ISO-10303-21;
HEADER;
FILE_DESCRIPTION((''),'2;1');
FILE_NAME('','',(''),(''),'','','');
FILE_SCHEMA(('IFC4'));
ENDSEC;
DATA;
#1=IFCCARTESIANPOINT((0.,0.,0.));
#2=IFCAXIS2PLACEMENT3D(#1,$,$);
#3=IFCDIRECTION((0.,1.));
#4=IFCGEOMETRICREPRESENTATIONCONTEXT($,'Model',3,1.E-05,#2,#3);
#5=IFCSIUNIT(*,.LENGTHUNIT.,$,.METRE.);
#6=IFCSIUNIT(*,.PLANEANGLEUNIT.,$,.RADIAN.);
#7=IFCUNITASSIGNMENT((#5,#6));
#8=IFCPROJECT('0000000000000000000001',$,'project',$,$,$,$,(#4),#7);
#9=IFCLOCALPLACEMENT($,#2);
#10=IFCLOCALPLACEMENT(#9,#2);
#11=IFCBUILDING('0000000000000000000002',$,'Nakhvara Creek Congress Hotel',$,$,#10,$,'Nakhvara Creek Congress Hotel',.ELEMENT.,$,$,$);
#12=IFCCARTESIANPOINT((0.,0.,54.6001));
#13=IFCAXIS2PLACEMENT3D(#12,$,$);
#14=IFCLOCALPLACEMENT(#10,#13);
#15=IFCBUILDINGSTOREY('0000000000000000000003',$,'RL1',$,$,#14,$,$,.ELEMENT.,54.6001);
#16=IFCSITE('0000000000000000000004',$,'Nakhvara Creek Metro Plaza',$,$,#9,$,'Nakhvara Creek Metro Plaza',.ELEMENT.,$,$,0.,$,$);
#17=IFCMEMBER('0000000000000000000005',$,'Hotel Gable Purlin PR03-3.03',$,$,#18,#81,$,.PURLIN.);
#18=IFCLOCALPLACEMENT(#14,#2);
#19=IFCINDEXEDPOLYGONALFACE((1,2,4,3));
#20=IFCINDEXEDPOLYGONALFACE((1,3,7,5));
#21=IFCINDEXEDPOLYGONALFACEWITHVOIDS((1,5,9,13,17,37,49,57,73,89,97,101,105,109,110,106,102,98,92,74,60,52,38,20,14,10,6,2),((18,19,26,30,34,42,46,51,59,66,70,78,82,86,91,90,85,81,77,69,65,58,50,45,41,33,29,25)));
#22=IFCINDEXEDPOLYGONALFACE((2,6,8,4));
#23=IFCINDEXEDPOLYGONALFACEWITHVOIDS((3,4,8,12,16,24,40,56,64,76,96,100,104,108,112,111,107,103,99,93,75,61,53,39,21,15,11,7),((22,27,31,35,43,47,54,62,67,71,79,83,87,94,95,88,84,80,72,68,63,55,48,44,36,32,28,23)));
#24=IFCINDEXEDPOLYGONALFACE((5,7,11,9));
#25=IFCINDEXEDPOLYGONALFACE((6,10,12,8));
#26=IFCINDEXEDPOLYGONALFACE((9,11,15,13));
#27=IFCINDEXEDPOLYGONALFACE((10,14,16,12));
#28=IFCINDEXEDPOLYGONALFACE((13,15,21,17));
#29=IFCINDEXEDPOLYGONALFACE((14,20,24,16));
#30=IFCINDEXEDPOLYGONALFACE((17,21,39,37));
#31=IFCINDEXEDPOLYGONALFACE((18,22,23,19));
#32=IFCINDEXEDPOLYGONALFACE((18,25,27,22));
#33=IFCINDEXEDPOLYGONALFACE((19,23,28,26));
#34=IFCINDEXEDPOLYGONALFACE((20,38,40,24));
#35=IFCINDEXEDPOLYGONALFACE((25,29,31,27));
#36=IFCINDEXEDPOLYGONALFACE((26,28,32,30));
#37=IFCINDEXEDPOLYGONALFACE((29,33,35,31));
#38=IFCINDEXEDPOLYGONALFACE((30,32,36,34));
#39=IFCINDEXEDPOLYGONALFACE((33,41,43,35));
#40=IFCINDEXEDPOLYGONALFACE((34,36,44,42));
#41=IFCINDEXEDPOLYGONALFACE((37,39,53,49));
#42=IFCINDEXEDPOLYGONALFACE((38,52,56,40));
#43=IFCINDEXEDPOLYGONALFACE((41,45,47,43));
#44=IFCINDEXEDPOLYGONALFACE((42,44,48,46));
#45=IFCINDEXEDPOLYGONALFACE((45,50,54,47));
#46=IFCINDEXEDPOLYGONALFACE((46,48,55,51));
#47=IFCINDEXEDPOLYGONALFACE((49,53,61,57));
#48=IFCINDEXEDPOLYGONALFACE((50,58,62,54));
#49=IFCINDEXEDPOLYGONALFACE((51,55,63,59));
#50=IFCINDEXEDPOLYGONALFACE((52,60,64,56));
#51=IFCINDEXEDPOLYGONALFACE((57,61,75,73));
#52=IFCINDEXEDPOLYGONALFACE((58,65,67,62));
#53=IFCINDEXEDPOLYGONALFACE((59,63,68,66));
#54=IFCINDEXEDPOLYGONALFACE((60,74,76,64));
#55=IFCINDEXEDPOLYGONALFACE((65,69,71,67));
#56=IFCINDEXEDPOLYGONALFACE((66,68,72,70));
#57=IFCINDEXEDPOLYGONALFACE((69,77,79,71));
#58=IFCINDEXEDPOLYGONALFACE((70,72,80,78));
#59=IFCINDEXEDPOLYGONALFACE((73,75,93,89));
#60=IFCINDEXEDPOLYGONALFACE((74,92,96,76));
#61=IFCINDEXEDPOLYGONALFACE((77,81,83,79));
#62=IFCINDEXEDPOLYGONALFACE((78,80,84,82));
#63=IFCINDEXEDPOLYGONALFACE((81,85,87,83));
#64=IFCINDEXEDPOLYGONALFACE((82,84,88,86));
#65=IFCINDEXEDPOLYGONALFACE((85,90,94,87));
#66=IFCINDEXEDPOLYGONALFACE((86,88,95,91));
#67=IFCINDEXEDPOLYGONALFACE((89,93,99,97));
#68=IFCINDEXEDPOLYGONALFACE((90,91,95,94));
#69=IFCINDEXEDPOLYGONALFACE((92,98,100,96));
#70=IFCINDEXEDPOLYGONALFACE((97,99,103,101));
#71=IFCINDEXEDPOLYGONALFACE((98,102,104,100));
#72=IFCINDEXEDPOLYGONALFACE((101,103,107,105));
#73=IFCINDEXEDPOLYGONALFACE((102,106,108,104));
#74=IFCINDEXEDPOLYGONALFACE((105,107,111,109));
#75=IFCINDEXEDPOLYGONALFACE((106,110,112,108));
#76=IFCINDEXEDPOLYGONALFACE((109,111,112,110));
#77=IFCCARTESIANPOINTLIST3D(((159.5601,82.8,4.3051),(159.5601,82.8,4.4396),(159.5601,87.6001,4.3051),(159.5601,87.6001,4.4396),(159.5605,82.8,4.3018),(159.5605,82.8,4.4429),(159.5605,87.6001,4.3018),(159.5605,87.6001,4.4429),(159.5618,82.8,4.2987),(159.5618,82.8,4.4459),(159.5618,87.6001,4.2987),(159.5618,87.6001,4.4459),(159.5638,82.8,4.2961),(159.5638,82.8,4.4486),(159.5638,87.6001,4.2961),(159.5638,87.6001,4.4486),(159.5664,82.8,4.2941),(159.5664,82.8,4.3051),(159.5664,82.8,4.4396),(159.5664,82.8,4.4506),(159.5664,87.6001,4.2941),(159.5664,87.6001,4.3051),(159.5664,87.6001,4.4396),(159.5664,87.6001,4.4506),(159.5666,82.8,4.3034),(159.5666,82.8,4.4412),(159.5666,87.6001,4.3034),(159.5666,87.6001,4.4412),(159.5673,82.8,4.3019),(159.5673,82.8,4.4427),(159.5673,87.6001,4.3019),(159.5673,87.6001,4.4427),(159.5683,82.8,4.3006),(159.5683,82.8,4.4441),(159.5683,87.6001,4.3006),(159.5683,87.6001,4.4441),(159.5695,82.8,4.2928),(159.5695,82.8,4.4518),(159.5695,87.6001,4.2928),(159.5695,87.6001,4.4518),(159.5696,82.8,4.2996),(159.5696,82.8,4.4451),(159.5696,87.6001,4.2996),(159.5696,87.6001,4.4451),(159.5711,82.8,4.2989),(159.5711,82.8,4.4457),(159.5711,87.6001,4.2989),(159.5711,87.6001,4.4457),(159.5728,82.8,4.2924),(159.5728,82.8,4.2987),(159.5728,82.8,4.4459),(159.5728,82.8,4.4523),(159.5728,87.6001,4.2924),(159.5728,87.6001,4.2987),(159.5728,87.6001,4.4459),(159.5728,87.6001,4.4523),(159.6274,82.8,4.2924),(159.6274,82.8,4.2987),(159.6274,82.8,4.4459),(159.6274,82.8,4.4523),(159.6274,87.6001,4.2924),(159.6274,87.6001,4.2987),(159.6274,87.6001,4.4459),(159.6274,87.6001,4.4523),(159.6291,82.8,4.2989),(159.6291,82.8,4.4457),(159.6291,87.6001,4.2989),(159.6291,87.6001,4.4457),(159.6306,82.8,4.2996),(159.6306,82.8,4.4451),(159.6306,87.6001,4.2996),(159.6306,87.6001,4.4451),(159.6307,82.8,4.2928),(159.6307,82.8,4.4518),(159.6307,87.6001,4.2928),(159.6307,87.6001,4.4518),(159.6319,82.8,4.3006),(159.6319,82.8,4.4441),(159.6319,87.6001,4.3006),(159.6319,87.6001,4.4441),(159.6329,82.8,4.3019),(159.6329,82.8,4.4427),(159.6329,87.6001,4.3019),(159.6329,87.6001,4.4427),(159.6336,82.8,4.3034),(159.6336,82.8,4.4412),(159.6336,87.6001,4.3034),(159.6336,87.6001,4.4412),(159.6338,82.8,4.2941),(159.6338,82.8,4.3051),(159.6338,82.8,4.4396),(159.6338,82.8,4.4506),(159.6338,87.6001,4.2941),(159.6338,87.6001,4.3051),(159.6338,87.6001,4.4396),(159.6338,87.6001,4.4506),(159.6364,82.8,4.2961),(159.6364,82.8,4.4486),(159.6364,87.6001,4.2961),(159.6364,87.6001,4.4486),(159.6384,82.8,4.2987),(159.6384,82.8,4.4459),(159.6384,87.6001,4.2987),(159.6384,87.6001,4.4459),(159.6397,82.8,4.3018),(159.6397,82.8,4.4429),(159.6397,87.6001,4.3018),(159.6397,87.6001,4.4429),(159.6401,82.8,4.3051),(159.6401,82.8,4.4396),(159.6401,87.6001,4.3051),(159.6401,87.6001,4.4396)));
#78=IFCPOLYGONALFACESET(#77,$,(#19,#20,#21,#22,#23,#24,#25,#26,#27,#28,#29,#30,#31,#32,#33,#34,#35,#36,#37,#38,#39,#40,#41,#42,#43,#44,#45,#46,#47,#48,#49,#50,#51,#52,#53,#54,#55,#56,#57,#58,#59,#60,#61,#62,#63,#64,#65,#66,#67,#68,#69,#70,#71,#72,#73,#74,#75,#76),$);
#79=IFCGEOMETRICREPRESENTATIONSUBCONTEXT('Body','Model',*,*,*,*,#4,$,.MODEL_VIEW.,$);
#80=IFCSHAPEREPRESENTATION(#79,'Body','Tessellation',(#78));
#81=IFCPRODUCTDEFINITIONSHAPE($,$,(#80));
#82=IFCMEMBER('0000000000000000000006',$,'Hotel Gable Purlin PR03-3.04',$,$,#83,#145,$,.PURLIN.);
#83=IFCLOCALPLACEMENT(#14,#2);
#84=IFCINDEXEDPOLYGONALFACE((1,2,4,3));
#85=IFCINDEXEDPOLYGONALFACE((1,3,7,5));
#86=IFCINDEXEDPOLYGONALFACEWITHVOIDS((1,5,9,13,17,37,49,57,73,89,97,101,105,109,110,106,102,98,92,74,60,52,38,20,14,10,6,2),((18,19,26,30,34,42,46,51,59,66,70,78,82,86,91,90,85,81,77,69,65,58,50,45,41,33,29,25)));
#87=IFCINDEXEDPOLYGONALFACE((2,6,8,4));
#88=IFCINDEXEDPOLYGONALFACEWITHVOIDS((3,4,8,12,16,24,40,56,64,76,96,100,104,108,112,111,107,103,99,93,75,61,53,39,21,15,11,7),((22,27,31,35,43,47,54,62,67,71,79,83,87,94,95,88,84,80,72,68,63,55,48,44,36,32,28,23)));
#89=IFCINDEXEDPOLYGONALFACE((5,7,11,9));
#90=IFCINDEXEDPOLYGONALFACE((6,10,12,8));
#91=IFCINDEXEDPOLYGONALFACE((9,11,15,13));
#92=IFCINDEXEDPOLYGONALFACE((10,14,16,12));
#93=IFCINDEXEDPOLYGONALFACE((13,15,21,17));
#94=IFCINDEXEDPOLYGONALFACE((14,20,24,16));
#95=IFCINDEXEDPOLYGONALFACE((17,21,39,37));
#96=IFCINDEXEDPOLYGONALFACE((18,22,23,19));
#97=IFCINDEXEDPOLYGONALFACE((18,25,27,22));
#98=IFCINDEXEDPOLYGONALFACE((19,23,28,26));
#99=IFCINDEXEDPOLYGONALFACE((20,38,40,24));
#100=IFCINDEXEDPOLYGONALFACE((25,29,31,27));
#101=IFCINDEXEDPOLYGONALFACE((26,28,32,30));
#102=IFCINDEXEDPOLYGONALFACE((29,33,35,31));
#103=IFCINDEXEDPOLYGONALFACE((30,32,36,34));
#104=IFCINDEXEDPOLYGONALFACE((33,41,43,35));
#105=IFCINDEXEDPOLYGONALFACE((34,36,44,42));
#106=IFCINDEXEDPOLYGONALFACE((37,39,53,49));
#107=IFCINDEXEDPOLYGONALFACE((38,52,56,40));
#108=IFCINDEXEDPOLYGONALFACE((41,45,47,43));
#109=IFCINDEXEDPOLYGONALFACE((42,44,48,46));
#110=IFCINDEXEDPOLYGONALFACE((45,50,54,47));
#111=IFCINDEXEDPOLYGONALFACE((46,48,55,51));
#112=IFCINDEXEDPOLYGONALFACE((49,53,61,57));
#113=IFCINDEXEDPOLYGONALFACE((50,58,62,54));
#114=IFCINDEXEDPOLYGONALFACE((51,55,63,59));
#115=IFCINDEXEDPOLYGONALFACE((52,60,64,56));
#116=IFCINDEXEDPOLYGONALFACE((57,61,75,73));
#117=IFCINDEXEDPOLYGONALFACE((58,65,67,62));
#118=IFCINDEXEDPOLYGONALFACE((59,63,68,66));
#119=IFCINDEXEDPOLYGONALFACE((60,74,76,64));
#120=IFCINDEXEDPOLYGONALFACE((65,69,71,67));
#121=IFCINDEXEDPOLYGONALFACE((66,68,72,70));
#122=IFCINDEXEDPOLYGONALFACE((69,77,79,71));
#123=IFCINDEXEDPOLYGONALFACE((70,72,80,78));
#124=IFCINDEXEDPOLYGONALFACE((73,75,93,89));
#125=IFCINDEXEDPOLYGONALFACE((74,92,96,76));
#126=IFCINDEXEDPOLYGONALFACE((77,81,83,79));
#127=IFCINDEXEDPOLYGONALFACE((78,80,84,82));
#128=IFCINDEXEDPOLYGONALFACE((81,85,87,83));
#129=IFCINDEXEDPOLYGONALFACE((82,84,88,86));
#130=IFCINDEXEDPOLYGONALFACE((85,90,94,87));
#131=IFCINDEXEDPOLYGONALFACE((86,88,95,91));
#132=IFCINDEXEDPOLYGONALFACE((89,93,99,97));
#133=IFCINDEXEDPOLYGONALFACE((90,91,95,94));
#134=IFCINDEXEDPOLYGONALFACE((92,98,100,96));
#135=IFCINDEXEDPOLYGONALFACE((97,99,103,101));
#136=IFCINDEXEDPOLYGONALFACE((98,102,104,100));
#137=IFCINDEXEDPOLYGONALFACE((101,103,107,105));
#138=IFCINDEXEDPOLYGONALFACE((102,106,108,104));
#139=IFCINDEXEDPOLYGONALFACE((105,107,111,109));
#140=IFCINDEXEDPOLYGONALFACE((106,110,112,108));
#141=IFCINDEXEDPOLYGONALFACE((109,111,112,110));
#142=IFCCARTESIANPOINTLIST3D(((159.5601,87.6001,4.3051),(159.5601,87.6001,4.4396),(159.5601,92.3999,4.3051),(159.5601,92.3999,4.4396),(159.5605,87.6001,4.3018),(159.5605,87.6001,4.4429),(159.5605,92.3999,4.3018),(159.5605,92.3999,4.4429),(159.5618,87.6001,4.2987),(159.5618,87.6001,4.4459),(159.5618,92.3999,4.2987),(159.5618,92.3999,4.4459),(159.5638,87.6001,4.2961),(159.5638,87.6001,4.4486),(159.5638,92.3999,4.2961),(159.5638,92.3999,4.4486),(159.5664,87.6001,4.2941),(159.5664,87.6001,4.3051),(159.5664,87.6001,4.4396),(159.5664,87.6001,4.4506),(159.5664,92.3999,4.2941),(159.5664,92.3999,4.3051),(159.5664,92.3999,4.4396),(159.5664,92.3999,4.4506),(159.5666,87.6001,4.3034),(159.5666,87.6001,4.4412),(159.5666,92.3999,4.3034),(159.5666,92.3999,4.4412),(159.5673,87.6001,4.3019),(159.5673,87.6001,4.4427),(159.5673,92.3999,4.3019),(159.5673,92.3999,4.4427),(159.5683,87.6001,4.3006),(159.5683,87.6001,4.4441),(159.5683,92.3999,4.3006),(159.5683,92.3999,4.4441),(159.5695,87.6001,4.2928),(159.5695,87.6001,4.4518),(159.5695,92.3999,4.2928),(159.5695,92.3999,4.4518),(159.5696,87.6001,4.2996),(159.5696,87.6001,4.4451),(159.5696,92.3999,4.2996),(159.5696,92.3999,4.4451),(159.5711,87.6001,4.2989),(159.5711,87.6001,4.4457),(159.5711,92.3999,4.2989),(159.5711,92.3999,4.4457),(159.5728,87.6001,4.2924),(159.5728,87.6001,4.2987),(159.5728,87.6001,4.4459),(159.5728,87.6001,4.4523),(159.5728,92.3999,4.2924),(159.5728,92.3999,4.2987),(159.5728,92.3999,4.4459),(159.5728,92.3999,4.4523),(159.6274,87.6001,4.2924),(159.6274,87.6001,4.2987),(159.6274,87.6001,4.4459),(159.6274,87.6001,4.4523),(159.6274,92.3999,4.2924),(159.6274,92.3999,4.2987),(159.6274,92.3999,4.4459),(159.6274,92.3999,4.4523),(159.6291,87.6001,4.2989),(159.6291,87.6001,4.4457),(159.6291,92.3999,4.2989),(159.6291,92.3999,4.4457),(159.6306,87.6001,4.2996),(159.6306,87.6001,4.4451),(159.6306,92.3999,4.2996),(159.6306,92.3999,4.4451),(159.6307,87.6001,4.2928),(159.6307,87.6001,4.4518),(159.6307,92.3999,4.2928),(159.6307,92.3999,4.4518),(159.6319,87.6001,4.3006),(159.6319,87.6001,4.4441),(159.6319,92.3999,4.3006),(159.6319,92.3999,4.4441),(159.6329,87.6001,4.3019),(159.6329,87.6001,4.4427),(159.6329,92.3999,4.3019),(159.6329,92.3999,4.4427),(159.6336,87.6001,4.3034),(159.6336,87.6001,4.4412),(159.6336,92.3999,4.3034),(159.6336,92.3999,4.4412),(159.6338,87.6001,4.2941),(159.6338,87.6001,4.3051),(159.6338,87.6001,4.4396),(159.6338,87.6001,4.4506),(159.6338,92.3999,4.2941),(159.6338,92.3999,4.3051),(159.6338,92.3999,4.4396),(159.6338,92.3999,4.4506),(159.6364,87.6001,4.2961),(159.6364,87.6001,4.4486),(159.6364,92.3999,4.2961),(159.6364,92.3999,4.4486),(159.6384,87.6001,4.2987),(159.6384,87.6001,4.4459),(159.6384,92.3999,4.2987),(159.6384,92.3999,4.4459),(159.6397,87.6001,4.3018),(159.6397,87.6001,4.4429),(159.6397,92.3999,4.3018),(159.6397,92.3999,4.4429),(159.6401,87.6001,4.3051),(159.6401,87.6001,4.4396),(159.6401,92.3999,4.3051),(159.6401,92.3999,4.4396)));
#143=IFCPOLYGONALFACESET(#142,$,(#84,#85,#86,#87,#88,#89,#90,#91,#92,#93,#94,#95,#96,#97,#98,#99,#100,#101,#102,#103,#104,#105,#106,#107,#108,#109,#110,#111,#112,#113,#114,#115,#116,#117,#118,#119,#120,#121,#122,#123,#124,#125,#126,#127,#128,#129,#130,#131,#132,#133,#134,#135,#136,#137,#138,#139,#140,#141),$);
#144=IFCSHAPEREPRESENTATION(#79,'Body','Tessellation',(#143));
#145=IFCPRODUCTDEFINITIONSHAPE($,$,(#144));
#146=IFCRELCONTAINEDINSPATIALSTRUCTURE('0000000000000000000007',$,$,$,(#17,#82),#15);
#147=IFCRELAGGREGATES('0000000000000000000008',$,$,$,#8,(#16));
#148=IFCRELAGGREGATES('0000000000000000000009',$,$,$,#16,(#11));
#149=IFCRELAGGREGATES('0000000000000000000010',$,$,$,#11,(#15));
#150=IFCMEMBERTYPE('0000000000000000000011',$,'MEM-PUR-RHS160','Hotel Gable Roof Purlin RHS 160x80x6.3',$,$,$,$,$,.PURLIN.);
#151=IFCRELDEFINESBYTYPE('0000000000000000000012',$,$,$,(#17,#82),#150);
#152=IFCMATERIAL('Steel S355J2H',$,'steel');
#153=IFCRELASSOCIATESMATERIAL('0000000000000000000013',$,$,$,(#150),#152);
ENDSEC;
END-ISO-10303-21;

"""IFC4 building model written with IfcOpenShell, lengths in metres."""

from ifc_helpers import new_model, si_unit, direction, frame, origin, origin_2d, place, context, subcontext, project, spatial, hollow_rectangle, extrude, material, material_profile, profile_set, type_object, element, save


model = new_model("IFC4")

# Units and contexts
model_context = context("Model", 3, precision=1e-05, world=origin(), true_north=direction((0.0, 1.0)))
body_context = subcontext(model_context, "Body", "Model", "MODEL_VIEW")
ifc_project = project(units=[si_unit("LENGTHUNIT", "METRE"), si_unit("PLANEANGLEUNIT", "RADIAN")], contexts=[model_context])

# Site, building, storey
site_placement = place(None, origin())
site = spatial("IfcSite", under=ifc_project, at=site_placement, Name="Nakhvara Creek Metro Plaza", LongName="Nakhvara Creek Metro Plaza", CompositionType="ELEMENT", RefElevation=0.0)
building_placement = place(site_placement, origin())
building = spatial("IfcBuilding", under=site, at=building_placement, Name="Nakhvara Creek Congress Hotel", LongName="Nakhvara Creek Congress Hotel", CompositionType="ELEMENT")
storey_placement = place(building_placement, frame((0.0, 0.0, 54.6001)))
storey = spatial("IfcBuildingStorey", under=building, at=storey_placement, Name="RL1", CompositionType="ELEMENT", Elevation=54.6001)

# Members
ifc_material_1 = material(Name="Steel S355J2H", Category="steel")
ifc_material_profile_1 = material_profile(ifc_material_1, hollow_rectangle(XDim=0.0801, YDim=0.1599, WallThickness=0.0063, InnerFilletRadius=0.0063, OuterFilletRadius=0.0127, at=origin_2d()), Name="RHS 160x80x6.3", Category="LoadBearing")
ifc_profile_set_1 = profile_set([ifc_material_profile_1], Name="Steel S355J2H")
member_type_1 = type_object("IfcMemberType", Name="MEM-PUR-RHS160", Description="Hotel Gable Roof Purlin RHS 160x80x6.3", PredefinedType="PURLIN", material=ifc_profile_set_1)
for number, where, z_axis, x_axis, name in (
    (1, (159.6001, 82.8, 4.3723), (0.0, 1.0, 0.0), (-1.0, 0.0, 0.0), "Hotel Gable Purlin PR03-3.03"),
):
    element("IfcMember", number, at=place(storey_placement, frame(where, z_axis=z_axis, x_axis=x_axis)), inside=storey, type_object=member_type_1, Name=name, PredefinedType="PURLIN", context=body_context, shape_type="SweptSolid", body=[
        extrude(hollow_rectangle(XDim=0.0801, YDim=0.1599, WallThickness=0.0063, InnerFilletRadius=0.0063, OuterFilletRadius=0.0127, at=origin_2d()), origin(), (0.0, 0.0, 1.0), 4.8),
    ])
member_1_placement = place(storey_placement, frame((159.6001, 87.6001, 4.3723), z_axis=(0.0, 1.0, 0.0), x_axis=(-1.0, 0.0, 0.0)))
element("IfcMember", 2, at=member_1_placement, inside=storey, type_object=member_type_1, Name="Hotel Gable Purlin PR03-3.04", PredefinedType="PURLIN", context=body_context, shape_type="SweptSolid", body=[
    extrude(hollow_rectangle(XDim=0.0801, YDim=0.1599, WallThickness=0.0063, InnerFilletRadius=0.0063, OuterFilletRadius=0.0127, at=origin_2d()), origin(), (0.0, 0.0, 1.0), 4.7998),
])

save(model, "model.ifc")
